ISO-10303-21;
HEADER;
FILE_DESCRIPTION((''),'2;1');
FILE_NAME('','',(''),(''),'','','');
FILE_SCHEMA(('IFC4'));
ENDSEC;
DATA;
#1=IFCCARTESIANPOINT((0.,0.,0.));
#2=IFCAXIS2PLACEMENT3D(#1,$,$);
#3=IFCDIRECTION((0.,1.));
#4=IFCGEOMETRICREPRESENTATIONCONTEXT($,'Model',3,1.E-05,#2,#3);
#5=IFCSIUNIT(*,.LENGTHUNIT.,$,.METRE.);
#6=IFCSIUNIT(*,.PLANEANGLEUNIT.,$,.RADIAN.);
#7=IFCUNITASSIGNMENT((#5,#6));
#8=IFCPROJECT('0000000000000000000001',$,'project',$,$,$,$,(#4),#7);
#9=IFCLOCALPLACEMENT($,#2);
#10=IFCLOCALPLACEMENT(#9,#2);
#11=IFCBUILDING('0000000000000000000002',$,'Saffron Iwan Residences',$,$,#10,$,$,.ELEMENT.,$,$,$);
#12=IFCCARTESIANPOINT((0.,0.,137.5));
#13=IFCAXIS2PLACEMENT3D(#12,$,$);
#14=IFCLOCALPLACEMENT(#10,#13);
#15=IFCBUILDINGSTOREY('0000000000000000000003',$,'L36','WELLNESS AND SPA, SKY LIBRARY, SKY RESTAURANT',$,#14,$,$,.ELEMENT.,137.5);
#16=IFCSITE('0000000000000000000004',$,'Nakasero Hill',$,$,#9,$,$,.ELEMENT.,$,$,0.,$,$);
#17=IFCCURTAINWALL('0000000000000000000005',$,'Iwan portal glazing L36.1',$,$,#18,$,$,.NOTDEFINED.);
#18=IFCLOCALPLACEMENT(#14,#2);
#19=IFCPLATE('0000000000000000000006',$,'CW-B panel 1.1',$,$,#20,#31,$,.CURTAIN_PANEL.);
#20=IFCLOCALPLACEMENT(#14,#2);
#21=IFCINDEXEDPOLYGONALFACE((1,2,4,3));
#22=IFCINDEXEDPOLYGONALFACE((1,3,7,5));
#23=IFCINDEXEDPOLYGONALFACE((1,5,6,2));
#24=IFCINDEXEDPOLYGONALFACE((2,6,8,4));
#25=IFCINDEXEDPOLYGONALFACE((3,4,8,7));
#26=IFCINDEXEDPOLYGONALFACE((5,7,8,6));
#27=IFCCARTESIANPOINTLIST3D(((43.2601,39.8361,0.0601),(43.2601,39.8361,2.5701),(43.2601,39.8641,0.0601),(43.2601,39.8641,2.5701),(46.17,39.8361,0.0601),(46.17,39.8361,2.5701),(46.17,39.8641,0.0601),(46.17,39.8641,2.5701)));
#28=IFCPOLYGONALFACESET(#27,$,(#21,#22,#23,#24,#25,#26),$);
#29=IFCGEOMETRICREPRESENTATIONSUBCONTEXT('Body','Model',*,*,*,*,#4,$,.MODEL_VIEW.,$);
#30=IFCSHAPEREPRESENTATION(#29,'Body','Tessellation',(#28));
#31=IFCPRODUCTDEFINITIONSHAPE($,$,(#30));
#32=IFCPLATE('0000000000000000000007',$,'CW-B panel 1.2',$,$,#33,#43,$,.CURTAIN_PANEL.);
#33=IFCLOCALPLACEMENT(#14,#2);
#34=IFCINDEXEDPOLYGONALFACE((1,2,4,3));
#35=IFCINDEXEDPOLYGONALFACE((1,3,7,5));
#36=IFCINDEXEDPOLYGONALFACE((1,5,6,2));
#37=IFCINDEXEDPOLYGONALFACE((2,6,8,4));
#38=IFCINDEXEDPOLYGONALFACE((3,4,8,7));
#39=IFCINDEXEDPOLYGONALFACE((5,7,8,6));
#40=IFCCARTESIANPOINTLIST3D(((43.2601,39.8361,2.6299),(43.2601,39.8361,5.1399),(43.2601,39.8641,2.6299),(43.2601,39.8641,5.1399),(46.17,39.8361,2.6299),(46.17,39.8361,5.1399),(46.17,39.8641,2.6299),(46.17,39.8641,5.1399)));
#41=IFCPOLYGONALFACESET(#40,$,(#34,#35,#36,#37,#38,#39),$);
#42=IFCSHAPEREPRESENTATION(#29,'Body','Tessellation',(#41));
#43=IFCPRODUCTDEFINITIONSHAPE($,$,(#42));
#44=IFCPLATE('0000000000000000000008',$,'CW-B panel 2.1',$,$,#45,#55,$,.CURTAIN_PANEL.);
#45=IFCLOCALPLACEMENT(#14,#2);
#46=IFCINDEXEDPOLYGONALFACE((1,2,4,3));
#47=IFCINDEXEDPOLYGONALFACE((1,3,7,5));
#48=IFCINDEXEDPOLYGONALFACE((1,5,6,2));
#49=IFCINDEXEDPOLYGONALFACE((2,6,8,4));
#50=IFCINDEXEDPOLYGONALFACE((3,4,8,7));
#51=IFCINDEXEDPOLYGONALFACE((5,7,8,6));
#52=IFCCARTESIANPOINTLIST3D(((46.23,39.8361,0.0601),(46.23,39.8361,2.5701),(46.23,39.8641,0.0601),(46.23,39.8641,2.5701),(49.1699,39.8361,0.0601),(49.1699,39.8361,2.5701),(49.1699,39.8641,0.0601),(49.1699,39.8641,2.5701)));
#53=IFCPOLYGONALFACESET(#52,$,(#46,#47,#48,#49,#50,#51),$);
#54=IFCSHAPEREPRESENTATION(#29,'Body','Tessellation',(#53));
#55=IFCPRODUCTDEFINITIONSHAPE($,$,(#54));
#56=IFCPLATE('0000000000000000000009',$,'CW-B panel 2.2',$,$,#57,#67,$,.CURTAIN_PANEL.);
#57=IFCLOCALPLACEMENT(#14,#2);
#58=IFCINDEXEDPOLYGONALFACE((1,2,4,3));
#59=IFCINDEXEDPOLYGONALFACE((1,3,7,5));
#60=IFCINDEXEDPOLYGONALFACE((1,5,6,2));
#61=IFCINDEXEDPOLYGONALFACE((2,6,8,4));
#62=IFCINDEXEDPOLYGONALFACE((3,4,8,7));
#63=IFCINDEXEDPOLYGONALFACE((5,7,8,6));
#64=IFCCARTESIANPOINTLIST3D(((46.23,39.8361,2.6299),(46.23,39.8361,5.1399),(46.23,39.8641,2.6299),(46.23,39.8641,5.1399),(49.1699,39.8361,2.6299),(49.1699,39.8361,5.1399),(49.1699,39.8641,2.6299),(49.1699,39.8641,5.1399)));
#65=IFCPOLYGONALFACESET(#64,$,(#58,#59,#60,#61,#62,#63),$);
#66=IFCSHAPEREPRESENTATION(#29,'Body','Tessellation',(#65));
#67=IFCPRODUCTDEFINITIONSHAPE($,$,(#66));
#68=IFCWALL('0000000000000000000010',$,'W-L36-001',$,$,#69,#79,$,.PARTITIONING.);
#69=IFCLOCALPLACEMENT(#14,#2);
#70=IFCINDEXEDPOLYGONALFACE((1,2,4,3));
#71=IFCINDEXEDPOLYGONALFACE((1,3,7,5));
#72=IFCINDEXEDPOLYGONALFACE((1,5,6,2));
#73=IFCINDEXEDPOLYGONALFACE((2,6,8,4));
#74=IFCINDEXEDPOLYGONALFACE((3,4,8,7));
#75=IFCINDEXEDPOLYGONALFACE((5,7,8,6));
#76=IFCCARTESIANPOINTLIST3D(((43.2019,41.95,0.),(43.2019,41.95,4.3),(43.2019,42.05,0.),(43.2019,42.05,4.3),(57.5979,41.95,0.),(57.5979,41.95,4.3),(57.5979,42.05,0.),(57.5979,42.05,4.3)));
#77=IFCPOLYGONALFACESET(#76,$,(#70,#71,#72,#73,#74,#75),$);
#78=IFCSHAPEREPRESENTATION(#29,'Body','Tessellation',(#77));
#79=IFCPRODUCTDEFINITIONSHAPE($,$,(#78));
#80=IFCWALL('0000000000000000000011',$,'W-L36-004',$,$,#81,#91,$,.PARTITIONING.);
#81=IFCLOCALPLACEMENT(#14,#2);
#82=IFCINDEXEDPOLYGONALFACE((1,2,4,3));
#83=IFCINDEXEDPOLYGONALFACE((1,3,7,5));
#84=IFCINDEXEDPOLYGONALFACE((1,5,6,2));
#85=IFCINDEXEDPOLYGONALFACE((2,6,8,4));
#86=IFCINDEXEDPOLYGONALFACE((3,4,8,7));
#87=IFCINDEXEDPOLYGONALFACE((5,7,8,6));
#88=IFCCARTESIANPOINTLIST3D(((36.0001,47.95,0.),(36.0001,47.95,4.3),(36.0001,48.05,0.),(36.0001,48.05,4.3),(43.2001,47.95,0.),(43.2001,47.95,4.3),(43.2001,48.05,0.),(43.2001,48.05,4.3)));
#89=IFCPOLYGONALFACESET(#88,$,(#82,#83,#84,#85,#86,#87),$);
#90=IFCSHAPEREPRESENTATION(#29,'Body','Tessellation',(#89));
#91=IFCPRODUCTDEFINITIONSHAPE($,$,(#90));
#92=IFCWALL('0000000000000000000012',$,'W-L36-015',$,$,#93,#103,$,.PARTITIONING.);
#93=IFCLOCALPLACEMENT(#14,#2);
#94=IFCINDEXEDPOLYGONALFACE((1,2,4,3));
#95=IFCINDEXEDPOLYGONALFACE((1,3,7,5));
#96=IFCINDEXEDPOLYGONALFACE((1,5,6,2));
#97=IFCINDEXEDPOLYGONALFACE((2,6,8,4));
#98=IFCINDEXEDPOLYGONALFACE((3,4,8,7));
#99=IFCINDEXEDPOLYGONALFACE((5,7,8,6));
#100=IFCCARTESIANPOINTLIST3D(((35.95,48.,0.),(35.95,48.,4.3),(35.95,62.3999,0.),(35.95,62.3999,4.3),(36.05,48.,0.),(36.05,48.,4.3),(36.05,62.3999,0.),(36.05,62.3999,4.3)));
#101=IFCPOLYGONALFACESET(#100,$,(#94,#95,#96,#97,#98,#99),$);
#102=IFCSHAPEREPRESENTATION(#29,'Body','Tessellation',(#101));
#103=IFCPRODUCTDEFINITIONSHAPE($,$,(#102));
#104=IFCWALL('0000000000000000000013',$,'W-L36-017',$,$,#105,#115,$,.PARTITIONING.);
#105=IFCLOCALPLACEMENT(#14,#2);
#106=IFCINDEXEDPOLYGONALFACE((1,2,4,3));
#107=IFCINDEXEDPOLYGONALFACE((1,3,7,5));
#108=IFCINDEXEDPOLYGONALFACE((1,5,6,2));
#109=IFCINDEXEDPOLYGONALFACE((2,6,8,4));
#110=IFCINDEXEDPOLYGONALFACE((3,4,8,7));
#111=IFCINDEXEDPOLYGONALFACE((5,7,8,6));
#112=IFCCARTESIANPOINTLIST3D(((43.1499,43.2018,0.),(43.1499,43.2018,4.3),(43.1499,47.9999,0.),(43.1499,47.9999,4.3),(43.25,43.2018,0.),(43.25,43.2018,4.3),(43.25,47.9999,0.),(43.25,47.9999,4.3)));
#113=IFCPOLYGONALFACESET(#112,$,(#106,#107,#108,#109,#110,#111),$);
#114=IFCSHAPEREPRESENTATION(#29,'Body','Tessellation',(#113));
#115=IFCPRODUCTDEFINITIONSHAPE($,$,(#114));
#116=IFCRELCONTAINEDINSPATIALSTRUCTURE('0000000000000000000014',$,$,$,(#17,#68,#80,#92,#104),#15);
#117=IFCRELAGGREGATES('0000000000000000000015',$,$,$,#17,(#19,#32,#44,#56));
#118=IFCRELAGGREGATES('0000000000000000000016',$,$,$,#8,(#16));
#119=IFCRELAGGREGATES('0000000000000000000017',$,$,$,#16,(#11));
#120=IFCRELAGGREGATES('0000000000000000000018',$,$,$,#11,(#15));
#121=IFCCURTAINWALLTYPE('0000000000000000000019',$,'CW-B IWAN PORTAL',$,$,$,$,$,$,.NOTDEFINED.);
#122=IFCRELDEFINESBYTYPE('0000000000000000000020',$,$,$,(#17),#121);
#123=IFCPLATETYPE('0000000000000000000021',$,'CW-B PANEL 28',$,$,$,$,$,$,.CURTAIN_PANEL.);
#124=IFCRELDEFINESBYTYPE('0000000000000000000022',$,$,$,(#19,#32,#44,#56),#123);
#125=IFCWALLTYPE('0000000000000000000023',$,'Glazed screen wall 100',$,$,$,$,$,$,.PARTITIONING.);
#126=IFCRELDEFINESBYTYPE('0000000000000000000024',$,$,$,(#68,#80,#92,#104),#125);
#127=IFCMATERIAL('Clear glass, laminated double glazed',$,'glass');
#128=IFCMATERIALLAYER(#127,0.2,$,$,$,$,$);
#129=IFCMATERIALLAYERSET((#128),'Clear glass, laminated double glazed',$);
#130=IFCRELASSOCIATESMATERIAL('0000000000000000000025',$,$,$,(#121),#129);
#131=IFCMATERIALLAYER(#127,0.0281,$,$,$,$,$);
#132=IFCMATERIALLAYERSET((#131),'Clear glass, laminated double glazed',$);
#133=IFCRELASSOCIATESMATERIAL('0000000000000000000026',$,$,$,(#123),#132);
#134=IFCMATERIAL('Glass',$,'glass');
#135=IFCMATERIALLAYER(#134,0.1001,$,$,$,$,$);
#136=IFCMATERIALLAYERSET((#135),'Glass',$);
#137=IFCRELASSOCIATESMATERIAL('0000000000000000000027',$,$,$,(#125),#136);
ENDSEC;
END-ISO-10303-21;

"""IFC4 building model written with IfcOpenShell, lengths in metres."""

from ifc_helpers import new_model, si_unit, direction, frame, frame_2d, origin, origin_2d, place, context, subcontext, project, spatial, rectangle, extrude, source, transform, mapped, material, layer, layer_set, type_object, element, aggregate, save


model = new_model("IFC4")

# Units and contexts
model_context = context("Model", 3, precision=1e-05, world=origin(), true_north=direction((0.0, 1.0)))
body_context = subcontext(model_context, "Body", "Model", "MODEL_VIEW")
ifc_project = project(units=[si_unit("LENGTHUNIT", "METRE"), si_unit("PLANEANGLEUNIT", "RADIAN")], contexts=[model_context])

# Site, building, storey
site_placement = place(None, origin())
site = spatial("IfcSite", under=ifc_project, at=site_placement, Name="Nakasero Hill", CompositionType="ELEMENT", RefElevation=0.0)
building_placement = place(site_placement, origin())
building = spatial("IfcBuilding", under=site, at=building_placement, Name="Saffron Iwan Residences", CompositionType="ELEMENT")
storey_placement = place(building_placement, frame((0.0, 0.0, 137.5)))
storey = spatial("IfcBuildingStorey", under=building, at=storey_placement, Name="L36", Description="WELLNESS AND SPA, SKY LIBRARY, SKY RESTAURANT", CompositionType="ELEMENT", Elevation=137.5)

# Curtain wall, plates
ifc_material_1 = material(Name="Clear glass, laminated double glazed", Category="glass")
ifc_layer_1 = layer(ifc_material_1, 0.2)
ifc_layer_set_1 = layer_set([ifc_layer_1], Name="Clear glass, laminated double glazed")
curtain_wall_type = type_object("IfcCurtainWallType", Name="CW-B IWAN PORTAL", PredefinedType="NOTDEFINED", material=ifc_layer_set_1)
curtain_wall_placement = place(storey_placement, origin())
curtain_wall = element("IfcCurtainWall", 1, at=curtain_wall_placement, inside=storey, type_object=curtain_wall_type, Name="Iwan portal glazing L36.1", PredefinedType="NOTDEFINED")
ifc_layer_2 = layer(ifc_material_1, 0.0281)
ifc_layer_set_2 = layer_set([ifc_layer_2], Name="Clear glass, laminated double glazed")
plate_type = type_object("IfcPlateType", Name="CW-B PANEL 28", PredefinedType="CURTAIN_PANEL", material=ifc_layer_set_2)
shared_shape_1 = source(origin(), body_context, "Body", "SweptSolid", [
    extrude(rectangle(XDim=2.9099, YDim=0.0281, at=origin_2d()), origin(), (0.0, 0.0, 1.0), 2.51),
])
plate_1_placement = place(storey_placement, frame((44.7151, 39.8501, 0.0601), z_axis=(0.0, 0.0, 1.0), x_axis=(1.0, 0.0, 0.0)))
plate_1 = element("IfcPlate", 2, at=plate_1_placement, type_object=plate_type, Name="CW-B panel 1.1", PredefinedType="CURTAIN_PANEL", context=body_context, shape_type="MappedRepresentation", body=[
    mapped(shared_shape_1, transform((0.0, 0.0, 0.0))),
])
plate_2_placement = place(storey_placement, frame((44.7151, 39.8501, 2.6299), z_axis=(0.0, 0.0, 1.0), x_axis=(1.0, 0.0, 0.0)))
plate_2 = element("IfcPlate", 3, at=plate_2_placement, type_object=plate_type, Name="CW-B panel 1.2", PredefinedType="CURTAIN_PANEL", context=body_context, shape_type="MappedRepresentation", body=[
    mapped(shared_shape_1, transform((0.0, 0.0, 0.0))),
])
shared_shape_2 = source(origin(), body_context, "Body", "SweptSolid", [
    extrude(rectangle(XDim=2.9399, YDim=0.0281, at=origin_2d()), origin(), (0.0, 0.0, 1.0), 2.51),
])
plate_3_placement = place(storey_placement, frame((47.7, 39.8501, 0.0601), z_axis=(0.0, 0.0, 1.0), x_axis=(1.0, 0.0, 0.0)))
plate_3 = element("IfcPlate", 4, at=plate_3_placement, type_object=plate_type, Name="CW-B panel 2.1", PredefinedType="CURTAIN_PANEL", context=body_context, shape_type="MappedRepresentation", body=[
    mapped(shared_shape_2, transform((0.0, 0.0, 0.0))),
])
plate_4_placement = place(storey_placement, frame((47.7, 39.8501, 2.6299), z_axis=(0.0, 0.0, 1.0), x_axis=(1.0, 0.0, 0.0)))
plate_4 = element("IfcPlate", 5, at=plate_4_placement, type_object=plate_type, Name="CW-B panel 2.2", PredefinedType="CURTAIN_PANEL", context=body_context, shape_type="MappedRepresentation", body=[
    mapped(shared_shape_2, transform((0.0, 0.0, 0.0))),
])
aggregate(curtain_wall, [plate_1, plate_2, plate_3, plate_4])

# Walls
ifc_material_2 = material(Name="Glass", Category="glass")
ifc_layer_3 = layer(ifc_material_2, 0.1001)
ifc_layer_set_3 = layer_set([ifc_layer_3], Name="Glass")
wall_type = type_object("IfcWallType", Name="Glazed screen wall 100", PredefinedType="PARTITIONING", material=ifc_layer_set_3)
wall_1_placement = place(storey_placement, frame((43.2019, 42.0, 0.0), z_axis=(0.0, 0.0, 1.0), x_axis=(1.0, 0.0, 0.0)))
element("IfcWall", 6, at=wall_1_placement, inside=storey, type_object=wall_type, Name="W-L36-001", PredefinedType="PARTITIONING", context=body_context, shape_type="SweptSolid", body=[
    extrude(rectangle(XDim=14.396, YDim=0.1001, at=frame_2d((7.198, 0.0))), origin(), (0.0, 0.0, 1.0), 4.3),
])
wall_2_placement = place(storey_placement, frame((36.0, 48.0, 0.0), z_axis=(0.0, 0.0, 1.0), x_axis=(1.0, 0.0, 0.0)))
element("IfcWall", 7, at=wall_2_placement, inside=storey, type_object=wall_type, Name="W-L36-004", PredefinedType="PARTITIONING", context=body_context, shape_type="SweptSolid", body=[
    extrude(rectangle(XDim=7.2, YDim=0.1001, at=frame_2d((3.6001, 0.0))), origin(), (0.0, 0.0, 1.0), 4.3),
])
wall_3_placement = place(storey_placement, frame((36.0, 48.0, 0.0), z_axis=(0.0, 0.0, 1.0), x_axis=(0.0, 1.0, 0.0)))
element("IfcWall", 8, at=wall_3_placement, inside=storey, type_object=wall_type, Name="W-L36-015", PredefinedType="PARTITIONING", context=body_context, shape_type="SweptSolid", body=[
    extrude(rectangle(XDim=14.3999, YDim=0.1001, at=frame_2d((7.2, 0.0))), origin(), (0.0, 0.0, 1.0), 4.3),
])
wall_4_placement = place(storey_placement, frame((43.2, 43.2019, 0.0), z_axis=(0.0, 0.0, 1.0), x_axis=(0.0, 1.0, 0.0)))
element("IfcWall", 9, at=wall_4_placement, inside=storey, type_object=wall_type, Name="W-L36-017", PredefinedType="PARTITIONING", context=body_context, shape_type="SweptSolid", body=[
    extrude(rectangle(XDim=4.7981, YDim=0.1001, at=frame_2d((2.3989, 0.0))), origin(), (0.0, 0.0, 1.0), 4.3),
])

save(model, "model.ifc")
